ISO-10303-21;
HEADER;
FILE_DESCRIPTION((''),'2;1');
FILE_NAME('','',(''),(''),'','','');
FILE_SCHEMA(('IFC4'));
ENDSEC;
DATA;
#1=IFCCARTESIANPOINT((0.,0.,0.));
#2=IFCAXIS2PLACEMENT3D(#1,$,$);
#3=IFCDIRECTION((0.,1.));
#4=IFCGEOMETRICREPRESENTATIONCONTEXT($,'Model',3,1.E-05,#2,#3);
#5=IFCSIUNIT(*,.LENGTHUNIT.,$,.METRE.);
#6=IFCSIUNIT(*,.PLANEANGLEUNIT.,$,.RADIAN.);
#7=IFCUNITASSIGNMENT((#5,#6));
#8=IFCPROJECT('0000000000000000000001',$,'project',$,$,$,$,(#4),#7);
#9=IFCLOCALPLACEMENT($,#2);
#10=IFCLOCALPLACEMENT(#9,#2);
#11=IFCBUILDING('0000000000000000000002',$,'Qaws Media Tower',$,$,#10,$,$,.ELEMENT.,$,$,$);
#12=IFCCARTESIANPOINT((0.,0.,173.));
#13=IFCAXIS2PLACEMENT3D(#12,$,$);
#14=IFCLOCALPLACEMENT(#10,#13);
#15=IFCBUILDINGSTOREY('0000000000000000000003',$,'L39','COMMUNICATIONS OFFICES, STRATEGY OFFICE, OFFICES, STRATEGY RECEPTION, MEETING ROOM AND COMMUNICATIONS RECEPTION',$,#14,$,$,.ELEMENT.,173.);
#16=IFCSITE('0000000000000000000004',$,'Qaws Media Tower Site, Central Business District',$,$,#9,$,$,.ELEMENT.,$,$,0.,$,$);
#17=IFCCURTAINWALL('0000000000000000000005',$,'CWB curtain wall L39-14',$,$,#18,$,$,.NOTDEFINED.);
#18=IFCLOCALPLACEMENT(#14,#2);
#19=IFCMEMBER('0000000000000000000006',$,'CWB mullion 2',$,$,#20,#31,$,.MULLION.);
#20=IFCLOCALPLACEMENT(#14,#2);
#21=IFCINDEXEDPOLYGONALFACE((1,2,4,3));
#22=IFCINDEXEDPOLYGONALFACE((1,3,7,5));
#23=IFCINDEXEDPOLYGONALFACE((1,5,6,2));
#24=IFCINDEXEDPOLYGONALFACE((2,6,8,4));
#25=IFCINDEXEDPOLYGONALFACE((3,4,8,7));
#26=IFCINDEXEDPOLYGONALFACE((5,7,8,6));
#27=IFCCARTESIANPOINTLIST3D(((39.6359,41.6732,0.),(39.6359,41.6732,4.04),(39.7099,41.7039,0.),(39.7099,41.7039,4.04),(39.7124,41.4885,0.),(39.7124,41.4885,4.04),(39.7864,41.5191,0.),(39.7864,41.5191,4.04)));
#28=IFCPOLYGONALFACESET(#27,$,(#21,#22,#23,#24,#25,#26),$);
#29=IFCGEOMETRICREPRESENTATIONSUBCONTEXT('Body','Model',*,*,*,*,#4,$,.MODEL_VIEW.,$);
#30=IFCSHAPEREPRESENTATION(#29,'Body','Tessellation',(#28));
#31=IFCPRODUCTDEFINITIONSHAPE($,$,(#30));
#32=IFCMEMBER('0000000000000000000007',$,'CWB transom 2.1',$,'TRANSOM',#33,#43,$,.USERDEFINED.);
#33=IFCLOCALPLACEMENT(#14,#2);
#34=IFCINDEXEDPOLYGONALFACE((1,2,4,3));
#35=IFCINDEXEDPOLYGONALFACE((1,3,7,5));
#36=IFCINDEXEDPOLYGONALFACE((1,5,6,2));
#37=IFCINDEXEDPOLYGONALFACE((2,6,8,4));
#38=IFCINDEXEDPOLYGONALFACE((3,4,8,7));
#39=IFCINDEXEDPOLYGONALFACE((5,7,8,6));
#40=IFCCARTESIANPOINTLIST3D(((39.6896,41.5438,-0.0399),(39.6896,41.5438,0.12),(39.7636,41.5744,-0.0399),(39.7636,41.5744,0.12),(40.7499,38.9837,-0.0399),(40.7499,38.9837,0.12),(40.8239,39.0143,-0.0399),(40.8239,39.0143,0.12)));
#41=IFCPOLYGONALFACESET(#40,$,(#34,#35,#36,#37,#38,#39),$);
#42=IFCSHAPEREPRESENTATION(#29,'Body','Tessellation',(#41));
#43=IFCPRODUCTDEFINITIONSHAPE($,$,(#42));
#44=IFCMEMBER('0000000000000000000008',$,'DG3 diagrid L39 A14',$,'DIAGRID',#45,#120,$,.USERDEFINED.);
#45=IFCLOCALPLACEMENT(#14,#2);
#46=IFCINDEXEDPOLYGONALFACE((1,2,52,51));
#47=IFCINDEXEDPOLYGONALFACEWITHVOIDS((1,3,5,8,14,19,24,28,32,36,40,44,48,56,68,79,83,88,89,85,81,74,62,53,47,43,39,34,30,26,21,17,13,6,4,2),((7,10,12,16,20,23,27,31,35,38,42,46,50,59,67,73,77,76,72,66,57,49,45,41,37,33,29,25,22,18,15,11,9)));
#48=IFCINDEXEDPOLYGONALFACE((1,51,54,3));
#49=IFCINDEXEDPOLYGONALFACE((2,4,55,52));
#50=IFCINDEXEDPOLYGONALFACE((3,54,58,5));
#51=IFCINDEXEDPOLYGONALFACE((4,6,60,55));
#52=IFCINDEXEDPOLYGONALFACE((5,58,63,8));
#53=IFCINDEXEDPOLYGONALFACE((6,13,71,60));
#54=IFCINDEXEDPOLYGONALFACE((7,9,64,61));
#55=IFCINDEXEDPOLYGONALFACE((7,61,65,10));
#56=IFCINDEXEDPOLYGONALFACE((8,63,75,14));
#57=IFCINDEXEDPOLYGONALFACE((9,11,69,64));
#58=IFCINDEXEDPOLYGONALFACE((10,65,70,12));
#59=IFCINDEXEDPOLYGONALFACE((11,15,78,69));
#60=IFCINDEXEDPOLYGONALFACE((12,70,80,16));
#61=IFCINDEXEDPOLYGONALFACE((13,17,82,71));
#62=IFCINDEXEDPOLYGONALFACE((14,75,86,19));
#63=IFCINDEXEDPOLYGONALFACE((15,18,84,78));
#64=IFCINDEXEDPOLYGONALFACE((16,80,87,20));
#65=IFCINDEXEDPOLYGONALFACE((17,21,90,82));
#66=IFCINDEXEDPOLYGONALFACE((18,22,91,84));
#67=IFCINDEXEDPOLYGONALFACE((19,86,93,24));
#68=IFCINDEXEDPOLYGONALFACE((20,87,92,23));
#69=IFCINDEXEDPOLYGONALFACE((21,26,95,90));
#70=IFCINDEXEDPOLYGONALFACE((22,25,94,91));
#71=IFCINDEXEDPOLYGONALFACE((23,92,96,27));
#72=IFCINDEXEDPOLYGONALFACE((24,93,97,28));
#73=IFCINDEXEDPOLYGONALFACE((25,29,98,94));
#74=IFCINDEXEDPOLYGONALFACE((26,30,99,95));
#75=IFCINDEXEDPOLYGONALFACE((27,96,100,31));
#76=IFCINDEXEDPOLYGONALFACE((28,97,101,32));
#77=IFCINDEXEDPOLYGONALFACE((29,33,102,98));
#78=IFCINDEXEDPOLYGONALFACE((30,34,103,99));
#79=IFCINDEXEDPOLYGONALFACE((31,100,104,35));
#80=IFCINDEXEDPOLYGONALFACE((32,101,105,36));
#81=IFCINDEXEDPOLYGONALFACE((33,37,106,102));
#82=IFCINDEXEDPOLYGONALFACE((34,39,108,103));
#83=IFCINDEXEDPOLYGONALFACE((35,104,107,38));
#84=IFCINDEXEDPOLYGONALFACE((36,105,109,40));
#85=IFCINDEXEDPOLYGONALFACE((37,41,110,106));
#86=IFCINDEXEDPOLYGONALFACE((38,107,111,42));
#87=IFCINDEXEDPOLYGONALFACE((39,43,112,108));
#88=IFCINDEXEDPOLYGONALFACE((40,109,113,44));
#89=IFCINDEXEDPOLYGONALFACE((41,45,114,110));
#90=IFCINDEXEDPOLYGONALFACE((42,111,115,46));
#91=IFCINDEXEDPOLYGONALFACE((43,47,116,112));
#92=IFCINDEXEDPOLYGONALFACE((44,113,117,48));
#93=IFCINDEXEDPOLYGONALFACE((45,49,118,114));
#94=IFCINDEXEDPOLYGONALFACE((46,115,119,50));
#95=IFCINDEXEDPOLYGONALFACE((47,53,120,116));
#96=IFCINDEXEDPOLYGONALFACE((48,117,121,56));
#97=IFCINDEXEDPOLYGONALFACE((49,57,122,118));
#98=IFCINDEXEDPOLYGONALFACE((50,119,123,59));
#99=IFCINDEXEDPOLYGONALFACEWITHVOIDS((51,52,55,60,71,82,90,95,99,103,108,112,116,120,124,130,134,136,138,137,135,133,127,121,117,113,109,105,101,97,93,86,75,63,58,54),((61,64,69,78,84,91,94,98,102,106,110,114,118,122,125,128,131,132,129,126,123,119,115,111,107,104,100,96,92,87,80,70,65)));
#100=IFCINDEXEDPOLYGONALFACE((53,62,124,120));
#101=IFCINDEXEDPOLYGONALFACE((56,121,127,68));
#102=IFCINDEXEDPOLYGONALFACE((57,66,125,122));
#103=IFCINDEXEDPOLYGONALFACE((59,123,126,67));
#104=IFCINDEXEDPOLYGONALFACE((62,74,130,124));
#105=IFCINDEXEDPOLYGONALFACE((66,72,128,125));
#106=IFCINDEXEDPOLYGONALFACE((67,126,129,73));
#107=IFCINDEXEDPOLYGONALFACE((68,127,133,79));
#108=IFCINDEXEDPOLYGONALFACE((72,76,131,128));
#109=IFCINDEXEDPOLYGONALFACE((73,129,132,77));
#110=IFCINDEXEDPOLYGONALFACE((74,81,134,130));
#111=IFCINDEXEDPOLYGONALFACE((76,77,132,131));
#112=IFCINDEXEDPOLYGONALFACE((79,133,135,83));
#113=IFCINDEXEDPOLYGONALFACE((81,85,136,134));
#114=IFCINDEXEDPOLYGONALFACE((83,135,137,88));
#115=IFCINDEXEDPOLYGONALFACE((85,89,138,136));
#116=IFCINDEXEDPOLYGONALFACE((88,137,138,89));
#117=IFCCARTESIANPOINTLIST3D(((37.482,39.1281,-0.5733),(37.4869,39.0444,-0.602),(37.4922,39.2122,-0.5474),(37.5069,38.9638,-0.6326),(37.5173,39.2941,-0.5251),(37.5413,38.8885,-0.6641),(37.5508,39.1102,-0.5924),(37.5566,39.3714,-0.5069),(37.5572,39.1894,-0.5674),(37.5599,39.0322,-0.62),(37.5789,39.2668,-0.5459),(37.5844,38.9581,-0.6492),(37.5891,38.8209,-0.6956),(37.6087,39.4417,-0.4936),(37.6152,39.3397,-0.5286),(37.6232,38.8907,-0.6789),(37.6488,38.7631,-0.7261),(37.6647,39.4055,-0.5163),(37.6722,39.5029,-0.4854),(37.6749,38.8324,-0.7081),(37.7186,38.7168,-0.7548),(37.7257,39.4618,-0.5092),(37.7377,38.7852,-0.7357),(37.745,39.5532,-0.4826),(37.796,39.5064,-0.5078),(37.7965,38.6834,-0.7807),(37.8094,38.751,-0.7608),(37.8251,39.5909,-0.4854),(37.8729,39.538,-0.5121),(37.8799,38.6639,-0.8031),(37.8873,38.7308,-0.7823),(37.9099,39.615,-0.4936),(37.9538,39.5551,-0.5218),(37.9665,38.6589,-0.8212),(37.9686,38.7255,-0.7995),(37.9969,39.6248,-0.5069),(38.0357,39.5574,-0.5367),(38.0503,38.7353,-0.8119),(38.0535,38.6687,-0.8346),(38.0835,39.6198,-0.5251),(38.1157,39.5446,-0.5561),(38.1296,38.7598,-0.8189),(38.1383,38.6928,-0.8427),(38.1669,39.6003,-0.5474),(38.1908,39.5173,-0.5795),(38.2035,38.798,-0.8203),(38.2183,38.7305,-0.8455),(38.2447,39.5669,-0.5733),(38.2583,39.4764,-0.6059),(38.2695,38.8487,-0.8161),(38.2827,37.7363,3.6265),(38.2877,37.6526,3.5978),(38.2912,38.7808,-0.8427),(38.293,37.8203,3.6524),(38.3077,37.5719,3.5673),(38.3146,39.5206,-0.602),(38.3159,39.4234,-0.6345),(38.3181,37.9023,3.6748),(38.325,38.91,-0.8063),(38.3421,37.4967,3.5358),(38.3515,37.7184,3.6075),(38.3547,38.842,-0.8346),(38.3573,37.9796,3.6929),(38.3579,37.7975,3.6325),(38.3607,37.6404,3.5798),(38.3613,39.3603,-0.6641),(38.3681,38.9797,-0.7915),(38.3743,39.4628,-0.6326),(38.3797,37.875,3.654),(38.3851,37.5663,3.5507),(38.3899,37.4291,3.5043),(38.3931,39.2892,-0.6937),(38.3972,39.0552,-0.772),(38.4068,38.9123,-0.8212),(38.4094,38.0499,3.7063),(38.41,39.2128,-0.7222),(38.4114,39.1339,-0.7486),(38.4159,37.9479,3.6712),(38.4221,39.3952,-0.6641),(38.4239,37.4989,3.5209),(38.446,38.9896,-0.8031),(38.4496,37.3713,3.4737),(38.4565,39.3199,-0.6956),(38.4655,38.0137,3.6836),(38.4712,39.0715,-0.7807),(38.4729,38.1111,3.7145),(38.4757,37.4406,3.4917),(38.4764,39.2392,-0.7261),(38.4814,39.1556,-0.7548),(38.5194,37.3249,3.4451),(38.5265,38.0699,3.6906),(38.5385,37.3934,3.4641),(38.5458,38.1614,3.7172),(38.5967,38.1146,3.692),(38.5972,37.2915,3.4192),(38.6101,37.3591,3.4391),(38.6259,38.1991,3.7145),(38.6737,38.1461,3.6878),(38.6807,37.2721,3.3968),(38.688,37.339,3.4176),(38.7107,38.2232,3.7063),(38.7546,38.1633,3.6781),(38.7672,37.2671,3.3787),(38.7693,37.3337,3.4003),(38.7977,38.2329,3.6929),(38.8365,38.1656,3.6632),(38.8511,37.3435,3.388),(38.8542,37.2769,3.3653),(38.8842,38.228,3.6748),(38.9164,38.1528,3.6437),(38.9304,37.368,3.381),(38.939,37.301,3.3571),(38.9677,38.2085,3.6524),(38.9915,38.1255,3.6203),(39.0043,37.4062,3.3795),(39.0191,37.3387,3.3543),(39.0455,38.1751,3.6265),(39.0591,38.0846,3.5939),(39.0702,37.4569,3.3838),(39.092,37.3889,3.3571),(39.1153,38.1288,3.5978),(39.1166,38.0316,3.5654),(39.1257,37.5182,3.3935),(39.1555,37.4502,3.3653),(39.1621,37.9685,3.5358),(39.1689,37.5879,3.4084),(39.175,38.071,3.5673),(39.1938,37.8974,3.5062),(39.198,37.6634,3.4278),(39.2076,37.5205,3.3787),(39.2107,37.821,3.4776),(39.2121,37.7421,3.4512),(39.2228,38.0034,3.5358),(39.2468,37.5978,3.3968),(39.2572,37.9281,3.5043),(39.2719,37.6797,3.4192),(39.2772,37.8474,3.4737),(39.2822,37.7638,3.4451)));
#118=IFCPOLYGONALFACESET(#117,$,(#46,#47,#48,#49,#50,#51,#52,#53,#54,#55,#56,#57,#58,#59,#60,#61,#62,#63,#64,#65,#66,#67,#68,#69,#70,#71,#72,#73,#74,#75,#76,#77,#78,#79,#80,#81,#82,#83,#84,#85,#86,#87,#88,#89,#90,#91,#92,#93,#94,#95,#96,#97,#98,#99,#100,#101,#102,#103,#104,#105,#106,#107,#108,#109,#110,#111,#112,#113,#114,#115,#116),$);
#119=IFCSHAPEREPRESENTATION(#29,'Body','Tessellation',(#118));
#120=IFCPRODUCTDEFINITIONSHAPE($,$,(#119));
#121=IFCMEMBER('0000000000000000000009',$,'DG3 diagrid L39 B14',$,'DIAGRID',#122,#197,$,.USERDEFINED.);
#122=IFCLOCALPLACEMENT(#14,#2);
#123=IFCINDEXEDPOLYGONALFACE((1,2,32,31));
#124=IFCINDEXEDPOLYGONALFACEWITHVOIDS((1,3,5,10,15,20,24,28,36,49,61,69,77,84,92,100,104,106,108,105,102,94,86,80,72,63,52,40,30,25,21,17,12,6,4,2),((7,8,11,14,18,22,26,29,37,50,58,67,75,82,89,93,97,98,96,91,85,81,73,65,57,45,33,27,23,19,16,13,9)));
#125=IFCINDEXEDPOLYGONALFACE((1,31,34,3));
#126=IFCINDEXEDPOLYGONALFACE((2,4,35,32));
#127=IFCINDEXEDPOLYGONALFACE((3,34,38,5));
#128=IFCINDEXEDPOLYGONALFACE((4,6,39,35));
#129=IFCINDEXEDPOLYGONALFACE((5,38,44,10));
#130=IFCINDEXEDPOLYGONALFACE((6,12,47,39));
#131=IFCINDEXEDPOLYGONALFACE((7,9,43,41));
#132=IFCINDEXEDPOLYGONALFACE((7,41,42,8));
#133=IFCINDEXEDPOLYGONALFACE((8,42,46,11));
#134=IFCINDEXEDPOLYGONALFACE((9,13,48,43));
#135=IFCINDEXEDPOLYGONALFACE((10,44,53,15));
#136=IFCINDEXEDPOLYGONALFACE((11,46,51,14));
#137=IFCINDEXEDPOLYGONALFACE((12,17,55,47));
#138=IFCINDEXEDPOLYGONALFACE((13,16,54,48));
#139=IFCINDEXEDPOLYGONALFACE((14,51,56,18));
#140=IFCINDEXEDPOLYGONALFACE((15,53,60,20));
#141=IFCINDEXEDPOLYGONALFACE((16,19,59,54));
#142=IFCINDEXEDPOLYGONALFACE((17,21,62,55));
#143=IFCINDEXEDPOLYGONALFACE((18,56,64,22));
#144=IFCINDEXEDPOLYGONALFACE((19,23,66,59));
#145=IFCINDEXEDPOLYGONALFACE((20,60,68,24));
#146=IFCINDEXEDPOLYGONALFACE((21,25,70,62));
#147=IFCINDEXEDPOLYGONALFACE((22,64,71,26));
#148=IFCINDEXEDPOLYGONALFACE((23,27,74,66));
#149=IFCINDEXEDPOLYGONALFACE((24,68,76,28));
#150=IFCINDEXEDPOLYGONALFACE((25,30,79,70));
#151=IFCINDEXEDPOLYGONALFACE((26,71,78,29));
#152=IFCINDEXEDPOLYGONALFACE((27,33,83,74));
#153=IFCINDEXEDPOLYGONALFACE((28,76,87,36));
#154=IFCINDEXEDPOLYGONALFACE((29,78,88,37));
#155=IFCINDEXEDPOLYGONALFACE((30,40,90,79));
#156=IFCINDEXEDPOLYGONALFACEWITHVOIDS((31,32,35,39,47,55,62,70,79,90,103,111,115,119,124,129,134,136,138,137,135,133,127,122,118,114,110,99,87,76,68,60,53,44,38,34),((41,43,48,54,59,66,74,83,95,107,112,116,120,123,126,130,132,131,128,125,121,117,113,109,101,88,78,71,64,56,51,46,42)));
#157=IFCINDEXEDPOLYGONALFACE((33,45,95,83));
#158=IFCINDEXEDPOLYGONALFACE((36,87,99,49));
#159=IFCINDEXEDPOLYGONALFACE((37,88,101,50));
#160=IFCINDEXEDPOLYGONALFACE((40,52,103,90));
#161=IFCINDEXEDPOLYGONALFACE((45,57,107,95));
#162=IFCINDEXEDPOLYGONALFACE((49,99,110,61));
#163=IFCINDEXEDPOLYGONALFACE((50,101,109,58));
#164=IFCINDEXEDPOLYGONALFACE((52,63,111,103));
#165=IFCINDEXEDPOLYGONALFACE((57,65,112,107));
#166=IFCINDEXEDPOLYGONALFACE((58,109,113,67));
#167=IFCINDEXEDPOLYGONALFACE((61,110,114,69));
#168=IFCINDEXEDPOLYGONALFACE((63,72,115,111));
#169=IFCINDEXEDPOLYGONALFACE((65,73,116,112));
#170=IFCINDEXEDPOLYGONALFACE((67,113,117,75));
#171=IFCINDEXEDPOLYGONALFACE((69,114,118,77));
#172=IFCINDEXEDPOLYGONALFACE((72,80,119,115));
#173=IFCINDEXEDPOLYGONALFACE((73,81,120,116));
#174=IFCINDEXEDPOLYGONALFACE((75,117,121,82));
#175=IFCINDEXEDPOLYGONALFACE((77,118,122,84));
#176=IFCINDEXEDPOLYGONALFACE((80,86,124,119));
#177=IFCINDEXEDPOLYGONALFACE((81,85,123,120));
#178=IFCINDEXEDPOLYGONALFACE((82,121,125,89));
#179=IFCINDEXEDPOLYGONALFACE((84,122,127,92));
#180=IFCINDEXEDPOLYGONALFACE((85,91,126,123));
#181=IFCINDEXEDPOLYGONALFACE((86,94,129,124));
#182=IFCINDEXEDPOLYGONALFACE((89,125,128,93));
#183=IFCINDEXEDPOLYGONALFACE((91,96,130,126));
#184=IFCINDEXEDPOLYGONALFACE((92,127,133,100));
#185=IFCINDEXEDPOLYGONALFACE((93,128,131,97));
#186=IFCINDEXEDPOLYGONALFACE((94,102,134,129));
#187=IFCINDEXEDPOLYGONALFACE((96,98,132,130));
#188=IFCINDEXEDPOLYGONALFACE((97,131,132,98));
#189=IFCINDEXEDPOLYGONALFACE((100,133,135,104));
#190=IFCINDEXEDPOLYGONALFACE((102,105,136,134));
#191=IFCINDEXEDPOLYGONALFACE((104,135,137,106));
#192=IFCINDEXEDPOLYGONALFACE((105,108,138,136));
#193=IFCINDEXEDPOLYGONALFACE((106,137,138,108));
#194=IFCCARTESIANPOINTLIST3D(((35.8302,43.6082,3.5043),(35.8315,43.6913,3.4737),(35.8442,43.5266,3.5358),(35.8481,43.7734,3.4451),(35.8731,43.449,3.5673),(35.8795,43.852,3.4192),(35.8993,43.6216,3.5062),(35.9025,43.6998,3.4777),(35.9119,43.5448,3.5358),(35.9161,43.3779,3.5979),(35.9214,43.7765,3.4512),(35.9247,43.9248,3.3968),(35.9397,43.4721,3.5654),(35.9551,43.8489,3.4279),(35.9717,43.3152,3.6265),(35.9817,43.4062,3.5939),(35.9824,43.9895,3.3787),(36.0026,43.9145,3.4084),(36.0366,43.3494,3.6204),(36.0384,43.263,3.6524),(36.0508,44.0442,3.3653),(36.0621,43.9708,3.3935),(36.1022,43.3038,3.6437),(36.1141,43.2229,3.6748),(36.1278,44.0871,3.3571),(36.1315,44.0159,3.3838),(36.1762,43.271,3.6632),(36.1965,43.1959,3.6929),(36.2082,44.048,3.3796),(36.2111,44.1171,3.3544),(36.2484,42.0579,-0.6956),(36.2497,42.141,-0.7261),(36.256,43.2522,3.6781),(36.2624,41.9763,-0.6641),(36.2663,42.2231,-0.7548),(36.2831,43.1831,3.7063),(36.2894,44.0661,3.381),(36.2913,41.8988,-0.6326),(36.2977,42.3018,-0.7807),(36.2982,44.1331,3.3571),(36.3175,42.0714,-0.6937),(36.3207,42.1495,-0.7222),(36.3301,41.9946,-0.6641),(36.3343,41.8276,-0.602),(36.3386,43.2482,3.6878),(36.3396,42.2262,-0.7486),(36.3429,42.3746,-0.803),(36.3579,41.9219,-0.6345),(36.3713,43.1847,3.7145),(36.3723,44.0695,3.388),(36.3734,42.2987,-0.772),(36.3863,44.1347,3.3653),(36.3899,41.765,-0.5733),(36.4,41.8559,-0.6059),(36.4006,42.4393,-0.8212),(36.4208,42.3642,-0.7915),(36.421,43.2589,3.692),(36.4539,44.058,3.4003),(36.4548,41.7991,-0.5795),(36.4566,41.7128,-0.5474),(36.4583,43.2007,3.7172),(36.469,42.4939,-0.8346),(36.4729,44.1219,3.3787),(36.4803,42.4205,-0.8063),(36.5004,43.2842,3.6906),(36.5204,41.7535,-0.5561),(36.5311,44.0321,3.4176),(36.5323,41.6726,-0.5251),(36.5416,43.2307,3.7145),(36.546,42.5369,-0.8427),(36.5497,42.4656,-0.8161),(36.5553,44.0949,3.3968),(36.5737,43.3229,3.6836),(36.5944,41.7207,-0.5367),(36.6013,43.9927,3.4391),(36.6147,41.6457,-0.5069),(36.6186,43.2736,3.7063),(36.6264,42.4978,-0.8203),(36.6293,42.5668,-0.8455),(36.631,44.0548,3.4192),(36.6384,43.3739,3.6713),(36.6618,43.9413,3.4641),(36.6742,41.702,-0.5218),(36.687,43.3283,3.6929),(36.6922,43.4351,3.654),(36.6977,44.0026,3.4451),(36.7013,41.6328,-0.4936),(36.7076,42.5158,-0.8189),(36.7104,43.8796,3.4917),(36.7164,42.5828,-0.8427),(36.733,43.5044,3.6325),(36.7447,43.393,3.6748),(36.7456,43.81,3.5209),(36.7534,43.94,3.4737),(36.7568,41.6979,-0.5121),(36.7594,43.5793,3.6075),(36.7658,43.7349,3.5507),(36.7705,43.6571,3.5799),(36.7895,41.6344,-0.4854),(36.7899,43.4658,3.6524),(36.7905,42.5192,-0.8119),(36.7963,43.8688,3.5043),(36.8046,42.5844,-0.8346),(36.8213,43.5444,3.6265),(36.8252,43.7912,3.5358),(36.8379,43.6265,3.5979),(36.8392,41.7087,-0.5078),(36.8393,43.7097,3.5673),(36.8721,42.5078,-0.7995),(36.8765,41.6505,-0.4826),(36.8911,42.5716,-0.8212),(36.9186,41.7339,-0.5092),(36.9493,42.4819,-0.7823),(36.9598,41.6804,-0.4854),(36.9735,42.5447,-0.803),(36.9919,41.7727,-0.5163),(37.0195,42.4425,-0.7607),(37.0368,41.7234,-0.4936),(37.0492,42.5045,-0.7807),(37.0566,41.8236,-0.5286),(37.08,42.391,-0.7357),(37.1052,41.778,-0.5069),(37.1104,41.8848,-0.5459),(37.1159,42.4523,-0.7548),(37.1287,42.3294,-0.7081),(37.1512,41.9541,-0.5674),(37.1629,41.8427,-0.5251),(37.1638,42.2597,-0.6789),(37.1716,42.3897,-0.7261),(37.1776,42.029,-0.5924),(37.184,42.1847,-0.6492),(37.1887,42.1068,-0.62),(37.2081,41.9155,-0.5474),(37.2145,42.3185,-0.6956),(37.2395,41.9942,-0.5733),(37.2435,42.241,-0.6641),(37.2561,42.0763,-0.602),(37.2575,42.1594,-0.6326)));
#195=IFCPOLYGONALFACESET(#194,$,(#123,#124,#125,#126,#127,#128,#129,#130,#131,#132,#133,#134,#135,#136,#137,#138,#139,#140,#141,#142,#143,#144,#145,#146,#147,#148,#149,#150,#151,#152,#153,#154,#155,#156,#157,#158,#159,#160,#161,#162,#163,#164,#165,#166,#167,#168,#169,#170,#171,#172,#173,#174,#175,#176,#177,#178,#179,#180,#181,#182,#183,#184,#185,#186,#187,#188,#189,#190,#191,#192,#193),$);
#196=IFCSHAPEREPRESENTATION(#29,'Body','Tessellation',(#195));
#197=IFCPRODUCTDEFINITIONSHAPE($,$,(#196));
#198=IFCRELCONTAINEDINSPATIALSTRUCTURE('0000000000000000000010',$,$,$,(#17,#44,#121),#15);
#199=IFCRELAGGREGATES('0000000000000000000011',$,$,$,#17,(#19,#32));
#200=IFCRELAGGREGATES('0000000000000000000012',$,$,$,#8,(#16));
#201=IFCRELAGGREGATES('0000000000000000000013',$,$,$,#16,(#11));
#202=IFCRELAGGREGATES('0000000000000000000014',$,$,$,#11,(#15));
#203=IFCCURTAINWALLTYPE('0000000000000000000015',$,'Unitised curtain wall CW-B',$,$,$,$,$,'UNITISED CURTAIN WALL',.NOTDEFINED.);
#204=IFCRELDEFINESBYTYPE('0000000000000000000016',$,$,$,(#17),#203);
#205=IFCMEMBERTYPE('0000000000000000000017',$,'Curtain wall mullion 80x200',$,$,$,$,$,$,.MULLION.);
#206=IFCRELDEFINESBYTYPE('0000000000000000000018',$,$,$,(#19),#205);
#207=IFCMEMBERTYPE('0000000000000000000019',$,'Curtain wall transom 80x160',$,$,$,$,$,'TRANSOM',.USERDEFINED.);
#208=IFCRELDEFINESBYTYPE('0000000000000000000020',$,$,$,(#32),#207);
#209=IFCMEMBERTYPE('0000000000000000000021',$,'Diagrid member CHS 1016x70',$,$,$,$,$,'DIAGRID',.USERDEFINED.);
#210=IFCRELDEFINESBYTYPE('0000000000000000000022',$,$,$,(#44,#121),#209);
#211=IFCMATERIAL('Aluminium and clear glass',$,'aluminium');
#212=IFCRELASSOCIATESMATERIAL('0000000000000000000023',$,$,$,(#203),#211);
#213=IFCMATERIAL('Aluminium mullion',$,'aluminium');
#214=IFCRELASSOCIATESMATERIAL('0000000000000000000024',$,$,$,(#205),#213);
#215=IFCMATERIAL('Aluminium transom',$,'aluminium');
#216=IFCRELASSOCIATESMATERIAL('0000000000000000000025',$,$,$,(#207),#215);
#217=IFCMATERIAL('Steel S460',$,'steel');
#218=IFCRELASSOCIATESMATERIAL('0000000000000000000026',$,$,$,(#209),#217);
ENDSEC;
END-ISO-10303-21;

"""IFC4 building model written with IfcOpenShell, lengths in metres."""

from ifc_helpers import new_model, si_unit, direction, frame, origin, origin_2d, place, context, subcontext, project, spatial, rectangle, hollow_circle, extrude, material, material_profile, profile_set, type_object, element, aggregate, save


model = new_model("IFC4")

# Units and contexts
model_context = context("Model", 3, precision=1e-05, world=origin(), true_north=direction((0.0, 1.0)))
body_context = subcontext(model_context, "Body", "Model", "MODEL_VIEW")
ifc_project = project(units=[si_unit("LENGTHUNIT", "METRE"), si_unit("PLANEANGLEUNIT", "RADIAN")], contexts=[model_context])

# Site, building, storey
site_placement = place(None, origin())
site = spatial("IfcSite", under=ifc_project, at=site_placement, Name="Qaws Media Tower Site, Central Business District", CompositionType="ELEMENT", RefElevation=0.0)
building_placement = place(site_placement, origin())
building = spatial("IfcBuilding", under=site, at=building_placement, Name="Qaws Media Tower", CompositionType="ELEMENT")
storey_placement = place(building_placement, frame((0.0, 0.0, 173.0)))
storey = spatial("IfcBuildingStorey", under=building, at=storey_placement, Name="L39", Description="COMMUNICATIONS OFFICES, STRATEGY OFFICE, OFFICES, STRATEGY RECEPTION, MEETING ROOM AND COMMUNICATIONS RECEPTION", CompositionType="ELEMENT", Elevation=173.0)

# Curtain wall, members
ifc_material_1 = material(Name="Aluminium and clear glass", Category="aluminium")
curtain_wall_type = type_object("IfcCurtainWallType", Name="Unitised curtain wall CW-B", ElementType="UNITISED CURTAIN WALL", PredefinedType="NOTDEFINED", material=ifc_material_1)
curtain_wall_placement = place(storey_placement, origin())
curtain_wall = element("IfcCurtainWall", 1, at=curtain_wall_placement, inside=storey, type_object=curtain_wall_type, Name="CWB curtain wall L39-14", PredefinedType="NOTDEFINED")
ifc_material_2 = material(Name="Aluminium mullion", Category="aluminium")
ifc_material_profile_1 = material_profile(ifc_material_2, rectangle(XDim=0.0801, YDim=0.2, at=origin_2d()), Name="80x200")
ifc_profile_set_1 = profile_set([ifc_material_profile_1], Name="Aluminium mullion")
member_type_1 = type_object("IfcMemberType", Name="Curtain wall mullion 80x200", PredefinedType="MULLION", material=ifc_profile_set_1)
member_1_placement = place(storey_placement, frame((39.7112, 41.5962, 0.0), z_axis=(0.0, 0.0, 1.0), x_axis=(0.92388, 0.382683, 0.0)))
member_1 = element("IfcMember", 2, at=member_1_placement, type_object=member_type_1, Name="CWB mullion 2", PredefinedType="MULLION", context=body_context, shape_type="SweptSolid", body=[
    extrude(rectangle(XDim=0.0801, YDim=0.2, at=origin_2d()), origin(), (0.0, 0.0, 1.0), 4.04),
])
ifc_material_3 = material(Name="Aluminium transom", Category="aluminium")
ifc_material_profile_2 = material_profile(ifc_material_3, rectangle(XDim=0.0801, YDim=0.1599, at=origin_2d()), Name="80x160")
ifc_profile_set_2 = profile_set([ifc_material_profile_2], Name="Aluminium transom")
member_type_2 = type_object("IfcMemberType", Name="Curtain wall transom 80x160", ElementType="TRANSOM", PredefinedType="USERDEFINED", material=ifc_profile_set_2)
member_2_placement = place(storey_placement, frame((39.7266, 41.5591, 0.04), z_axis=(0.38265, -0.923893, 0.0), x_axis=(0.923893, 0.38265, 0.0)))
member_2 = element("IfcMember", 3, at=member_2_placement, type_object=member_type_2, Name="CWB transom 2.1", ObjectType="TRANSOM", PredefinedType="USERDEFINED", context=body_context, shape_type="SweptSolid", body=[
    extrude(rectangle(XDim=0.0801, YDim=0.1599, at=origin_2d()), origin(), (0.0, 0.0, 1.0), 2.771),
])

# Members
ifc_material_4 = material(Name="Steel S460", Category="steel")
ifc_material_profile_3 = material_profile(ifc_material_4, hollow_circle(Radius=0.5081, WallThickness=0.0701, at=origin_2d()), Name="CHS 1016x70")
ifc_profile_set_3 = profile_set([ifc_material_profile_3], Name="Steel S460")
member_type_3 = type_object("IfcMemberType", Name="Diagrid member CHS 1016x70", ElementType="DIAGRID", PredefinedType="USERDEFINED", material=ifc_profile_set_3)
for number, where, z_axis, x_axis, name in (
    (4, (37.9817, 39.1418, -0.6641), (0.178092, -0.309543, 0.934059), (0.86678, 0.498691, 0.0), "DG3 diagrid L39 A14"),
    (5, (36.7529, 42.1086, -0.6641), (-0.09301, 0.344783, 0.934063), (-0.965486, -0.260453, 0.0), "DG3 diagrid L39 B14"),
):
    element("IfcMember", number, at=place(storey_placement, frame(where, z_axis=z_axis, x_axis=x_axis)), inside=storey, type_object=member_type_3, Name=name, ObjectType="DIAGRID", PredefinedType="USERDEFINED", context=body_context, shape_type="SweptSolid", body=[
        extrude(hollow_circle(Radius=0.5081, WallThickness=0.0701, at=origin_2d()), origin(), (0.0, 0.0, 1.0), 4.4963),
    ])

aggregate(curtain_wall, [member_1, member_2])

save(model, "model.ifc")
